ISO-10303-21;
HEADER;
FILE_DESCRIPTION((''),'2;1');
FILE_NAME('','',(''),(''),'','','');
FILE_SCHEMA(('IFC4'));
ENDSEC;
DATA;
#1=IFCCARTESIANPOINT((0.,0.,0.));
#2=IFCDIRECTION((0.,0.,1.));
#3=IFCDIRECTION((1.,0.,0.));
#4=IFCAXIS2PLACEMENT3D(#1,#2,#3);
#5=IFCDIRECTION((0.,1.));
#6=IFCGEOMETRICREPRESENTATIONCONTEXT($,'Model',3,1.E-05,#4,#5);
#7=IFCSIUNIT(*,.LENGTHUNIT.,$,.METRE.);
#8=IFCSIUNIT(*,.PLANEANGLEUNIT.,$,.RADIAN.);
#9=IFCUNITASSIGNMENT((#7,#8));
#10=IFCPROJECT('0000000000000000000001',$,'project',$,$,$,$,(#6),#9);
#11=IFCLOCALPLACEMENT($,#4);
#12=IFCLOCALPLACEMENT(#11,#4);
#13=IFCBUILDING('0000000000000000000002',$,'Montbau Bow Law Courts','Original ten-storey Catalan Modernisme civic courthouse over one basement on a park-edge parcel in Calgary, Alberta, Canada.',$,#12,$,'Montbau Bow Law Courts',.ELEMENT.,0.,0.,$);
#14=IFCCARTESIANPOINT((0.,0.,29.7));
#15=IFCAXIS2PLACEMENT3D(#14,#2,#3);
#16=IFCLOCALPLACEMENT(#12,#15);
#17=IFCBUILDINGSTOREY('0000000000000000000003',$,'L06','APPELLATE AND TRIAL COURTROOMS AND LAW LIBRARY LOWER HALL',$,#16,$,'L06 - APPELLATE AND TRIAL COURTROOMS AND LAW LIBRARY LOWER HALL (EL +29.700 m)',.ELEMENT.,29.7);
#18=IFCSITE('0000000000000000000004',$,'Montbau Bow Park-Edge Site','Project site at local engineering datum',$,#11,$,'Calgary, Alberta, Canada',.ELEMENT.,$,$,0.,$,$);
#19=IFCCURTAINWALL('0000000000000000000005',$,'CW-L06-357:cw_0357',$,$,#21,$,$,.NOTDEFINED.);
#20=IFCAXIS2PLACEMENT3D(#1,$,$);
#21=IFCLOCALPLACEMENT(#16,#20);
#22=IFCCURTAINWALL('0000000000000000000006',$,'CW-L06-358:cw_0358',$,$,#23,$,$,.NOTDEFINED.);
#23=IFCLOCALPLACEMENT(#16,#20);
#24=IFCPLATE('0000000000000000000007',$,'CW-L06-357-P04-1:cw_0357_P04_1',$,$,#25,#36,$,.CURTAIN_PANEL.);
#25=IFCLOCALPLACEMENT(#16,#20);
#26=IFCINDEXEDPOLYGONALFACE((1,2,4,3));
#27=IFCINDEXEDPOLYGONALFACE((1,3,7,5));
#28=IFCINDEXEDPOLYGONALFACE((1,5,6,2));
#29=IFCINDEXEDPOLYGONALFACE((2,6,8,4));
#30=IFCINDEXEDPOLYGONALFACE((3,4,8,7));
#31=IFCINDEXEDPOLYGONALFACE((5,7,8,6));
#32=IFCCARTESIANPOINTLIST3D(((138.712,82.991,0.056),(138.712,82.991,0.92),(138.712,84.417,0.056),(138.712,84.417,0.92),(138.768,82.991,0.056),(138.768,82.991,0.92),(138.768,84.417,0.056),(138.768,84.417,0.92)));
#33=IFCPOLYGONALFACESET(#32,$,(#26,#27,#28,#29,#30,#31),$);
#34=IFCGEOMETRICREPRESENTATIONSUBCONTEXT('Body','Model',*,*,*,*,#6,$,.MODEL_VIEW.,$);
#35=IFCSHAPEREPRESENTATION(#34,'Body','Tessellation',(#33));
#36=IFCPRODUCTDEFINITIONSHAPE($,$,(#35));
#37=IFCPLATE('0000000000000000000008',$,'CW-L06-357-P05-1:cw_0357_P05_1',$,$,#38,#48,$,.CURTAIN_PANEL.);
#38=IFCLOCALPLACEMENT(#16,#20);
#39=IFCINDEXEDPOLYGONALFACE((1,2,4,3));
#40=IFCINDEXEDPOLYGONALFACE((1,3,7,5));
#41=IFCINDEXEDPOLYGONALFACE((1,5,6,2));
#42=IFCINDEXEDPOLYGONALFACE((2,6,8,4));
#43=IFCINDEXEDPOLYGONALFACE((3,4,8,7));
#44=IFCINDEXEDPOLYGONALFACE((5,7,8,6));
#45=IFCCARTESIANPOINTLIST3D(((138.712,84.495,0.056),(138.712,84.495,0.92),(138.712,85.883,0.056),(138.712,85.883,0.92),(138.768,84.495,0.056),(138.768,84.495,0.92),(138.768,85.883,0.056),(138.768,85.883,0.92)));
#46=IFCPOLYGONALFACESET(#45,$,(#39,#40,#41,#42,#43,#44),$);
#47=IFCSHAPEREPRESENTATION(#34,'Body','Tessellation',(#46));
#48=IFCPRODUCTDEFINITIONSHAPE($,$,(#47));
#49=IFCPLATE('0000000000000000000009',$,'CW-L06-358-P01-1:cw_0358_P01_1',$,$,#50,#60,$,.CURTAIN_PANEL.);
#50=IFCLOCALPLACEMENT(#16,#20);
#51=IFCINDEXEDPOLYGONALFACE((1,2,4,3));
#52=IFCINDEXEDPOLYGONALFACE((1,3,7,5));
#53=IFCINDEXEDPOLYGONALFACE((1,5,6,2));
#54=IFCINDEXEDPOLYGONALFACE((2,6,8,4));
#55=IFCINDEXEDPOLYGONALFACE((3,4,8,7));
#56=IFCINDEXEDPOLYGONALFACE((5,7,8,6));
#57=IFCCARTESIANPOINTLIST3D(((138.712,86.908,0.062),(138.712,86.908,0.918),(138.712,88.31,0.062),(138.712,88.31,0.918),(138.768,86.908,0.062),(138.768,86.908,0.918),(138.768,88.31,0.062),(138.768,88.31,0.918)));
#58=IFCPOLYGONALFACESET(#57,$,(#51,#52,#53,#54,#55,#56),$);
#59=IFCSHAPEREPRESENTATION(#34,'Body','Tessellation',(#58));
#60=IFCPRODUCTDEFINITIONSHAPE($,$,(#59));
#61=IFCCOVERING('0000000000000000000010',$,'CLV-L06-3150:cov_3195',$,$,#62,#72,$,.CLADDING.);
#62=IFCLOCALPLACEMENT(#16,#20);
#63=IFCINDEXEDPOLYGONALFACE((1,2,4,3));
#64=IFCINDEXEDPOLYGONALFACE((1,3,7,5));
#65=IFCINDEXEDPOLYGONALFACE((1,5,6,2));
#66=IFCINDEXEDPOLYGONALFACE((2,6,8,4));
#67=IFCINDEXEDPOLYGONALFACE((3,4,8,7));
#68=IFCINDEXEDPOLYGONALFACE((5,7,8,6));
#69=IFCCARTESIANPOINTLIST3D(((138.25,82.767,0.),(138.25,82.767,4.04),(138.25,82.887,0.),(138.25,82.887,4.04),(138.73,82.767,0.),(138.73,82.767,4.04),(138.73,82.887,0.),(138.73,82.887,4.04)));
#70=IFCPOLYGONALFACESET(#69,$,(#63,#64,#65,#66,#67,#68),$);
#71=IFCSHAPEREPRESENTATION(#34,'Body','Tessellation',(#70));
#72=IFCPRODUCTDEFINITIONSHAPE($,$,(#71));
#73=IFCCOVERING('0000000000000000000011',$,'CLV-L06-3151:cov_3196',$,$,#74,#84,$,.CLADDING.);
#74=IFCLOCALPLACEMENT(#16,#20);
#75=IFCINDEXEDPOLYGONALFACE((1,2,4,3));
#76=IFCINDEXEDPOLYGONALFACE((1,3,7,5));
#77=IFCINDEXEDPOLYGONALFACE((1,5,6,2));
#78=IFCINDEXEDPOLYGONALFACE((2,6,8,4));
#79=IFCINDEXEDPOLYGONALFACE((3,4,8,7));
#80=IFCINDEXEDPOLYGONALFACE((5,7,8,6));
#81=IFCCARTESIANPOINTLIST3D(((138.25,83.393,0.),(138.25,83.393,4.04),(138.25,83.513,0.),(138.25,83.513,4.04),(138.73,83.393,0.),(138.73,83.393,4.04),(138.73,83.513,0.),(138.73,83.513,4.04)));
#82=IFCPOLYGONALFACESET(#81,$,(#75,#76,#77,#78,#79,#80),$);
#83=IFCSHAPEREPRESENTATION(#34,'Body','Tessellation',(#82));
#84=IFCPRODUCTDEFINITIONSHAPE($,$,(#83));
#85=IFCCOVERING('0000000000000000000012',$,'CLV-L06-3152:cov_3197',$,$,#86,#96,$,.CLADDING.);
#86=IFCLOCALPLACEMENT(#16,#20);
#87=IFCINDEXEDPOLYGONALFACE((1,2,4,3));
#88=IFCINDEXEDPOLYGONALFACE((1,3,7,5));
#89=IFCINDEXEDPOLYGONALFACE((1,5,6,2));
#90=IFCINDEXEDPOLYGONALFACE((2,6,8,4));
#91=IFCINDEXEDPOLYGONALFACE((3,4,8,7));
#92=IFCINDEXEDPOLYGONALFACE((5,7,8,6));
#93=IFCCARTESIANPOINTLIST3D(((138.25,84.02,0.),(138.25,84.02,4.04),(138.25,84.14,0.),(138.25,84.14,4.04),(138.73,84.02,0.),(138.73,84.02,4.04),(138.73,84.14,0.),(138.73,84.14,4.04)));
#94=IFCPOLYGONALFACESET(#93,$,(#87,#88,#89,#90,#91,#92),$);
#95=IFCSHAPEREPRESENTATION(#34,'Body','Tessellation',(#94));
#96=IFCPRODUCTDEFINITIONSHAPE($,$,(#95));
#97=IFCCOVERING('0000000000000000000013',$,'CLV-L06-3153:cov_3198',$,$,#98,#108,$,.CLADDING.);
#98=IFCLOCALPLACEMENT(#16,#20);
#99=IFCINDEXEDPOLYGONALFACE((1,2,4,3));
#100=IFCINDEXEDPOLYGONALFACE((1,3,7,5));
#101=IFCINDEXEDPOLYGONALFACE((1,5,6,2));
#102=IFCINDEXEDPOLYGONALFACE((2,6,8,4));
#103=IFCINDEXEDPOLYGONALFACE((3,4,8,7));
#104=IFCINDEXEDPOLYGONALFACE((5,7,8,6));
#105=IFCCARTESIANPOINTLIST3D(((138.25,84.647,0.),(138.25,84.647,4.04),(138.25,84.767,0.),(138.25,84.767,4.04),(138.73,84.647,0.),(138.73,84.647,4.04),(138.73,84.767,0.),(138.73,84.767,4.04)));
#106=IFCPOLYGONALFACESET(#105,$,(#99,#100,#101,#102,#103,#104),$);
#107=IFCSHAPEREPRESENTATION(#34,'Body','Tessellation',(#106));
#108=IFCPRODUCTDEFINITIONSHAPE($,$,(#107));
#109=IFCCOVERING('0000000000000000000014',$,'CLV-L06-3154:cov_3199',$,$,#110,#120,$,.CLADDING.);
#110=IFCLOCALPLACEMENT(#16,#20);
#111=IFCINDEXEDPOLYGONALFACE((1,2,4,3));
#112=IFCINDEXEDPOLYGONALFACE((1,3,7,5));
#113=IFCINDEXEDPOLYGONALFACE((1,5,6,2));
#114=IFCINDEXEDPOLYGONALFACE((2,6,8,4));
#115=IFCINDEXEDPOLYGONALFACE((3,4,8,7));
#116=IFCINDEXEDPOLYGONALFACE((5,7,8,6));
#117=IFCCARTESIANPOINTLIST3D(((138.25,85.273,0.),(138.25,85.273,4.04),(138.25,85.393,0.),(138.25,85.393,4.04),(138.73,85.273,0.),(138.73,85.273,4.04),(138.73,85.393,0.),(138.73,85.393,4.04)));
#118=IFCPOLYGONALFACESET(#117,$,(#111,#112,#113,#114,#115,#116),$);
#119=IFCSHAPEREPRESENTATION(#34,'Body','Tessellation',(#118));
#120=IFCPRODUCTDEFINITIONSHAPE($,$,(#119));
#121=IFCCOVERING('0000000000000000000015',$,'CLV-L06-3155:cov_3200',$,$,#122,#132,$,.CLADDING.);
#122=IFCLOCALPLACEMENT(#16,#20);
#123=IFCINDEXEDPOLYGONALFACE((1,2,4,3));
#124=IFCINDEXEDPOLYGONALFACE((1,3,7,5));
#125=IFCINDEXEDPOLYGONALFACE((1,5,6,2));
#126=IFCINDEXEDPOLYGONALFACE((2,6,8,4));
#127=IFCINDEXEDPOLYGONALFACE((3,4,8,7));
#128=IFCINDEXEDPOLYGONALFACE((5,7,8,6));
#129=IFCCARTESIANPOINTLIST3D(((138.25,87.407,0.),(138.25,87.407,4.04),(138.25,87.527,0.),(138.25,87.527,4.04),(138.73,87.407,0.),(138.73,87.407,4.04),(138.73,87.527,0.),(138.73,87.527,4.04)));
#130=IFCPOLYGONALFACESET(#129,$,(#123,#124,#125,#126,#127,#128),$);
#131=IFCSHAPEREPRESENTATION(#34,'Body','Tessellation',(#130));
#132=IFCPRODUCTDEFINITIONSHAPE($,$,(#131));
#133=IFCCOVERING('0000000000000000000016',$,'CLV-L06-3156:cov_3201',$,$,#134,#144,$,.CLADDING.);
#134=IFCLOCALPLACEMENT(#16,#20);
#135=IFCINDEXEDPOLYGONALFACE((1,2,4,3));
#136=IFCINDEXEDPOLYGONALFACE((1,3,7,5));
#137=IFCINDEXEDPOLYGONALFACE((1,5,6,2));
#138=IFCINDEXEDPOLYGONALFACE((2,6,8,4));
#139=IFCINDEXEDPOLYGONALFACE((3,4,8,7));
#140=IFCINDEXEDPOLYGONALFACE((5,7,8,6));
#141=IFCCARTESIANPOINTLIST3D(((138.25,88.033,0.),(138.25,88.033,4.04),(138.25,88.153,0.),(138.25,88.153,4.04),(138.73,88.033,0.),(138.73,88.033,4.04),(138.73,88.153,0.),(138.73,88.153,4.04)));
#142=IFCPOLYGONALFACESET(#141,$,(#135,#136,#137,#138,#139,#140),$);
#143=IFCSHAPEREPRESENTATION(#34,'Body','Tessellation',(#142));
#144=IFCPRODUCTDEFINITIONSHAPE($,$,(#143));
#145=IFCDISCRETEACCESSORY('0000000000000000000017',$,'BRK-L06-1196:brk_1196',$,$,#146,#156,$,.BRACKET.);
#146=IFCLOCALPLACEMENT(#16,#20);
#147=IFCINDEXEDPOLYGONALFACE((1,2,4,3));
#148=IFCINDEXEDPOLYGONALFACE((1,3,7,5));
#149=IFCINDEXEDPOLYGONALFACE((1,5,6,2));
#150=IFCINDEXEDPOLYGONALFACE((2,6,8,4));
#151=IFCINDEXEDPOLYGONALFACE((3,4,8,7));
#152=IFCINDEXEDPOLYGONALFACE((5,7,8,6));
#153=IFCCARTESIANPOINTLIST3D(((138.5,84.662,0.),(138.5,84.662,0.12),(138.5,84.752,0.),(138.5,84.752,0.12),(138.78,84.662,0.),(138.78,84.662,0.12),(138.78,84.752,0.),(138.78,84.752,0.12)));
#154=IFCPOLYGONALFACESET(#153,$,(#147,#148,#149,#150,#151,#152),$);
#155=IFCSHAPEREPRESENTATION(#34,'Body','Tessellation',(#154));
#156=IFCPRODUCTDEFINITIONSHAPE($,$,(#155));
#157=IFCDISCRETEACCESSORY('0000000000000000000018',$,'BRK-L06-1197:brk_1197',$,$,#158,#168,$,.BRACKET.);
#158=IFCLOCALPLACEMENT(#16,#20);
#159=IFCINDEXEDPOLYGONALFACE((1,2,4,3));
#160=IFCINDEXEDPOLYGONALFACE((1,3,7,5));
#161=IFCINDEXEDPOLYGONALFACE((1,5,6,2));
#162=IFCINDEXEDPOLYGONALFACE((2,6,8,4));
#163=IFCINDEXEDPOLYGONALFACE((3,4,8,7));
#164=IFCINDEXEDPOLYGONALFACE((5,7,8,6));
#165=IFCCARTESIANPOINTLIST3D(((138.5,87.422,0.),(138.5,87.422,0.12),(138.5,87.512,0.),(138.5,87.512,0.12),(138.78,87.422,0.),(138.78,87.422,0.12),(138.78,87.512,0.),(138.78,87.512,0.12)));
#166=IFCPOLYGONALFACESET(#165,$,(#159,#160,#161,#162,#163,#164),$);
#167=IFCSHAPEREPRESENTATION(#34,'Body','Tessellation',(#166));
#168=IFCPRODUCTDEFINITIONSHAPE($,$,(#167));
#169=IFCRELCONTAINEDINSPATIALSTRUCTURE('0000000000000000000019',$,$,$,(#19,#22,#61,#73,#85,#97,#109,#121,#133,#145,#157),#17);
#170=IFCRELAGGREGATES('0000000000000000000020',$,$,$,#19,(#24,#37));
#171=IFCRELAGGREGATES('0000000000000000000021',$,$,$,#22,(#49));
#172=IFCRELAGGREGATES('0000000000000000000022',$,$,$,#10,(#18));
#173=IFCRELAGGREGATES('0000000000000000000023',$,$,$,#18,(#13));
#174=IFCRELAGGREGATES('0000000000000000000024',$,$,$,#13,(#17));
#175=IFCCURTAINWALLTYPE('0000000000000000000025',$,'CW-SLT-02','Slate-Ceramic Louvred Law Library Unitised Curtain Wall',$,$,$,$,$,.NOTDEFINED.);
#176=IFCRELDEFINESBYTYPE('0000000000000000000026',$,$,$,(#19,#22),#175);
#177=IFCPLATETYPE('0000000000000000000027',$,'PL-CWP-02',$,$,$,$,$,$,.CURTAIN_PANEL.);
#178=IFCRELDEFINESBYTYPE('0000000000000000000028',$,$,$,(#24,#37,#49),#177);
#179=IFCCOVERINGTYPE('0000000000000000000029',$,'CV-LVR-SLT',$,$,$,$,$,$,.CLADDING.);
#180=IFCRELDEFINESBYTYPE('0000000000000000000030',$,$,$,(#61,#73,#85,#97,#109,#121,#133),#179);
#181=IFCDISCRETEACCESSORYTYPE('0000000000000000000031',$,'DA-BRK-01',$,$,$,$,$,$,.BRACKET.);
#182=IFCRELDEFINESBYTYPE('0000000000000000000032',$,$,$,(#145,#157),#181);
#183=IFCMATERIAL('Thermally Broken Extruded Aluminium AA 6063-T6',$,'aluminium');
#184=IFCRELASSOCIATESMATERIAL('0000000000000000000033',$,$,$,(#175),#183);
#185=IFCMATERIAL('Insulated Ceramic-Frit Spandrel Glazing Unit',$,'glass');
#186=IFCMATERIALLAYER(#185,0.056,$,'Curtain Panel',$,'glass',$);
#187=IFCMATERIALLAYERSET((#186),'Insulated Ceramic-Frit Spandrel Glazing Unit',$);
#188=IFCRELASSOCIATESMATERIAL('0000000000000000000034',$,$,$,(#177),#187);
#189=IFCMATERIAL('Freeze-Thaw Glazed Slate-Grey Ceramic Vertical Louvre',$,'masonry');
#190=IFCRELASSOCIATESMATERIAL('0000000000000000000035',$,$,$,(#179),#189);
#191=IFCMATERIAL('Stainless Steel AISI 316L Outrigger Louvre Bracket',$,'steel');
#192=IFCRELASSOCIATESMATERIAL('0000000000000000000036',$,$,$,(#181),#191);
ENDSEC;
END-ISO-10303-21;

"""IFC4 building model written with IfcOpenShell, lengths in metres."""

from ifc_helpers import new_model, si_unit, direction, frame, frame_2d, origin_with_axes, origin_2d_with_axis, place, context, subcontext, project, spatial, rectangle, extrude, material, layer, layer_set, type_object, element, aggregate, save


model = new_model("IFC4")

# Units and contexts
model_context = context("Model", 3, precision=1e-05, world=origin_with_axes(), true_north=direction((0.0, 1.0)))
body_context = subcontext(model_context, "Body", "Model", "MODEL_VIEW")
ifc_project = project(units=[si_unit("LENGTHUNIT", "METRE"), si_unit("PLANEANGLEUNIT", "RADIAN")], contexts=[model_context])

# Site, building, storey
site_placement = place(None, origin_with_axes())
site = spatial("IfcSite", under=ifc_project, at=site_placement, Name="Montbau Bow Park-Edge Site", Description="Project site at local engineering datum", LongName="Calgary, Alberta, Canada", CompositionType="ELEMENT", RefElevation=0.0)
building_placement = place(site_placement, origin_with_axes())
building = spatial("IfcBuilding", under=site, at=building_placement, Name="Montbau Bow Law Courts", Description="Original ten-storey Catalan Modernisme civic courthouse over one basement on a park-edge parcel in Calgary, Alberta, Canada.", LongName="Montbau Bow Law Courts", CompositionType="ELEMENT", ElevationOfRefHeight=0.0, ElevationOfTerrain=0.0)
storey_placement = place(building_placement, frame((0.0, 0.0, 29.7), z_axis=(0.0, 0.0, 1.0), x_axis=(1.0, 0.0, 0.0)))
storey = spatial("IfcBuildingStorey", under=building, at=storey_placement, Name="L06", Description="APPELLATE AND TRIAL COURTROOMS AND LAW LIBRARY LOWER HALL", LongName="L06 - APPELLATE AND TRIAL COURTROOMS AND LAW LIBRARY LOWER HALL (EL +29.700 m)", CompositionType="ELEMENT", Elevation=29.7)

# Curtain wall
ifc_material_1 = material(Name="Thermally Broken Extruded Aluminium AA 6063-T6", Category="aluminium")
curtain_wall_type = type_object("IfcCurtainWallType", Name="CW-SLT-02", Description="Slate-Ceramic Louvred Law Library Unitised Curtain Wall", PredefinedType="NOTDEFINED", material=ifc_material_1)
curtain_wall_1_placement = place(None, frame((138.74, 78.44, 29.7), z_axis=(0.0, 0.0, 1.0), x_axis=(1.0, 0.0, 0.0)))
curtain_wall_1 = element("IfcCurtainWall", 1, at=curtain_wall_1_placement, inside=storey, type_object=curtain_wall_type, Name="CW-L06-357:cw_0357", PredefinedType="NOTDEFINED")

# Curtain wall
curtain_wall_2_placement = place(None, frame((138.74, 86.84, 29.7), z_axis=(0.0, 0.0, 1.0), x_axis=(1.0, 0.0, 0.0)))
curtain_wall_2 = element("IfcCurtainWall", 2, at=curtain_wall_2_placement, inside=storey, type_object=curtain_wall_type, Name="CW-L06-358:cw_0358", PredefinedType="NOTDEFINED")

# Plates
ifc_material_2 = material(Name="Insulated Ceramic-Frit Spandrel Glazing Unit", Category="glass")
ifc_layer_1 = layer(ifc_material_2, 0.056, Name="Curtain Panel", Category="glass")
ifc_layer_set_1 = layer_set([ifc_layer_1], Name="Insulated Ceramic-Frit Spandrel Glazing Unit")
plate_type_1 = type_object("IfcPlateType", Name="PL-CWP-02", PredefinedType="CURTAIN_PANEL", material=ifc_layer_set_1)
plate_1_placement = place(None, frame((138.74, 82.991, 29.756), z_axis=(1.0, 0.0, 0.0), x_axis=(0.0, 1.0, 0.0)))
plate_1 = element("IfcPlate", 3, at=plate_1_placement, type_object=plate_type_1, Name="CW-L06-357-P04-1:cw_0357_P04_1", PredefinedType="CURTAIN_PANEL", context=body_context, shape_type="SweptSolid", body=[
    extrude(rectangle(XDim=1.426, YDim=0.864, at=frame_2d((0.713, 0.432), x_axis=(1.0, 0.0))), frame((0.0, 0.0, -0.028), z_axis=(0.0, 0.0, 1.0), x_axis=(1.0, 0.0, 0.0)), (0.0, 0.0, 1.0), 0.056),
])
plate_2_placement = place(None, frame((138.74, 84.495, 29.756), z_axis=(1.0, 0.0, 0.0), x_axis=(0.0, 1.0, 0.0)))
plate_2 = element("IfcPlate", 4, at=plate_2_placement, type_object=plate_type_1, Name="CW-L06-357-P05-1:cw_0357_P05_1", PredefinedType="CURTAIN_PANEL", context=body_context, shape_type="SweptSolid", body=[
    extrude(rectangle(XDim=1.388, YDim=0.864, at=frame_2d((0.694, 0.432), x_axis=(1.0, 0.0))), frame((0.0, 0.0, -0.028), z_axis=(0.0, 0.0, 1.0), x_axis=(1.0, 0.0, 0.0)), (0.0, 0.0, 1.0), 0.056),
])
aggregate(curtain_wall_1, [plate_1, plate_2])
plate_3_placement = place(None, frame((138.74, 86.908, 29.762), z_axis=(1.0, 0.0, 0.0), x_axis=(0.0, 1.0, 0.0)))
plate_3 = element("IfcPlate", 5, at=plate_3_placement, type_object=plate_type_1, Name="CW-L06-358-P01-1:cw_0358_P01_1", PredefinedType="CURTAIN_PANEL", context=body_context, shape_type="SweptSolid", body=[
    extrude(rectangle(XDim=1.402, YDim=0.856, at=frame_2d((0.701, 0.428), x_axis=(1.0, 0.0))), frame((0.0, 0.0, -0.028), z_axis=(0.0, 0.0, 1.0), x_axis=(1.0, 0.0, 0.0)), (0.0, 0.0, 1.0), 0.056),
])
aggregate(curtain_wall_2, [plate_3])

# Coverings
ifc_material_3 = material(Name="Freeze-Thaw Glazed Slate-Grey Ceramic Vertical Louvre", Category="masonry")
covering_type = type_object("IfcCoveringType", Name="CV-LVR-SLT", PredefinedType="CLADDING", material=ifc_material_3)
for number, where, z_axis, x_axis, name in (
    (6, (138.73, 82.827, 29.7), (0.0, 1.0, 0.0), (-1.0, 0.0, 0.0), "CLV-L06-3150:cov_3195"),
    (7, (138.73, 83.453, 29.7), (0.0, 1.0, 0.0), (-1.0, 0.0, 0.0), "CLV-L06-3151:cov_3196"),
    (8, (138.73, 84.08, 29.7), (0.0, 1.0, 0.0), (-1.0, 0.0, 0.0), "CLV-L06-3152:cov_3197"),
    (9, (138.73, 84.707, 29.7), (0.0, 1.0, 0.0), (-1.0, 0.0, 0.0), "CLV-L06-3153:cov_3198"),
    (10, (138.73, 85.333, 29.7), (0.0, 1.0, 0.0), (-1.0, 0.0, 0.0), "CLV-L06-3154:cov_3199"),
    (11, (138.73, 87.467, 29.7), (0.0, 1.0, 0.0), (-1.0, 0.0, 0.0), "CLV-L06-3155:cov_3200"),
    (12, (138.73, 88.093, 29.7), (0.0, 1.0, 0.0), (-1.0, 0.0, 0.0), "CLV-L06-3156:cov_3201"),
):
    element("IfcCovering", number, at=place(None, frame(where, z_axis=z_axis, x_axis=x_axis)), inside=storey, type_object=covering_type, Name=name, PredefinedType="CLADDING", context=body_context, shape_type="SweptSolid", body=[
        extrude(rectangle(XDim=0.48, YDim=4.04, at=frame_2d((0.24, 2.02), x_axis=(1.0, 0.0))), frame((0.0, 0.0, -0.06), z_axis=(0.0, 0.0, 1.0), x_axis=(1.0, 0.0, 0.0)), (0.0, 0.0, 1.0), 0.12),
    ])

# Discrete accessories
ifc_material_4 = material(Name="Stainless Steel AISI 316L Outrigger Louvre Bracket", Category="steel")
discrete_accessory_type = type_object("IfcDiscreteAccessoryType", Name="DA-BRK-01", PredefinedType="BRACKET", material=ifc_material_4)
for number, where, z_axis, x_axis, name in (
    (13, (138.64, 84.707, 29.7), (0.0, 0.0, 1.0), (-1.0, 0.0, 0.0), "BRK-L06-1196:brk_1196"),
    (14, (138.64, 87.467, 29.7), (0.0, 0.0, 1.0), (-1.0, 0.0, 0.0), "BRK-L06-1197:brk_1197"),
):
    element("IfcDiscreteAccessory", number, at=place(None, frame(where, z_axis=z_axis, x_axis=x_axis)), inside=storey, type_object=discrete_accessory_type, Name=name, PredefinedType="BRACKET", context=body_context, shape_type="SweptSolid", body=[
        extrude(rectangle(XDim=0.28, YDim=0.09, at=origin_2d_with_axis()), origin_with_axes(), (0.0, 0.0, 1.0), 0.12),
    ])

save(model, "model.ifc")
